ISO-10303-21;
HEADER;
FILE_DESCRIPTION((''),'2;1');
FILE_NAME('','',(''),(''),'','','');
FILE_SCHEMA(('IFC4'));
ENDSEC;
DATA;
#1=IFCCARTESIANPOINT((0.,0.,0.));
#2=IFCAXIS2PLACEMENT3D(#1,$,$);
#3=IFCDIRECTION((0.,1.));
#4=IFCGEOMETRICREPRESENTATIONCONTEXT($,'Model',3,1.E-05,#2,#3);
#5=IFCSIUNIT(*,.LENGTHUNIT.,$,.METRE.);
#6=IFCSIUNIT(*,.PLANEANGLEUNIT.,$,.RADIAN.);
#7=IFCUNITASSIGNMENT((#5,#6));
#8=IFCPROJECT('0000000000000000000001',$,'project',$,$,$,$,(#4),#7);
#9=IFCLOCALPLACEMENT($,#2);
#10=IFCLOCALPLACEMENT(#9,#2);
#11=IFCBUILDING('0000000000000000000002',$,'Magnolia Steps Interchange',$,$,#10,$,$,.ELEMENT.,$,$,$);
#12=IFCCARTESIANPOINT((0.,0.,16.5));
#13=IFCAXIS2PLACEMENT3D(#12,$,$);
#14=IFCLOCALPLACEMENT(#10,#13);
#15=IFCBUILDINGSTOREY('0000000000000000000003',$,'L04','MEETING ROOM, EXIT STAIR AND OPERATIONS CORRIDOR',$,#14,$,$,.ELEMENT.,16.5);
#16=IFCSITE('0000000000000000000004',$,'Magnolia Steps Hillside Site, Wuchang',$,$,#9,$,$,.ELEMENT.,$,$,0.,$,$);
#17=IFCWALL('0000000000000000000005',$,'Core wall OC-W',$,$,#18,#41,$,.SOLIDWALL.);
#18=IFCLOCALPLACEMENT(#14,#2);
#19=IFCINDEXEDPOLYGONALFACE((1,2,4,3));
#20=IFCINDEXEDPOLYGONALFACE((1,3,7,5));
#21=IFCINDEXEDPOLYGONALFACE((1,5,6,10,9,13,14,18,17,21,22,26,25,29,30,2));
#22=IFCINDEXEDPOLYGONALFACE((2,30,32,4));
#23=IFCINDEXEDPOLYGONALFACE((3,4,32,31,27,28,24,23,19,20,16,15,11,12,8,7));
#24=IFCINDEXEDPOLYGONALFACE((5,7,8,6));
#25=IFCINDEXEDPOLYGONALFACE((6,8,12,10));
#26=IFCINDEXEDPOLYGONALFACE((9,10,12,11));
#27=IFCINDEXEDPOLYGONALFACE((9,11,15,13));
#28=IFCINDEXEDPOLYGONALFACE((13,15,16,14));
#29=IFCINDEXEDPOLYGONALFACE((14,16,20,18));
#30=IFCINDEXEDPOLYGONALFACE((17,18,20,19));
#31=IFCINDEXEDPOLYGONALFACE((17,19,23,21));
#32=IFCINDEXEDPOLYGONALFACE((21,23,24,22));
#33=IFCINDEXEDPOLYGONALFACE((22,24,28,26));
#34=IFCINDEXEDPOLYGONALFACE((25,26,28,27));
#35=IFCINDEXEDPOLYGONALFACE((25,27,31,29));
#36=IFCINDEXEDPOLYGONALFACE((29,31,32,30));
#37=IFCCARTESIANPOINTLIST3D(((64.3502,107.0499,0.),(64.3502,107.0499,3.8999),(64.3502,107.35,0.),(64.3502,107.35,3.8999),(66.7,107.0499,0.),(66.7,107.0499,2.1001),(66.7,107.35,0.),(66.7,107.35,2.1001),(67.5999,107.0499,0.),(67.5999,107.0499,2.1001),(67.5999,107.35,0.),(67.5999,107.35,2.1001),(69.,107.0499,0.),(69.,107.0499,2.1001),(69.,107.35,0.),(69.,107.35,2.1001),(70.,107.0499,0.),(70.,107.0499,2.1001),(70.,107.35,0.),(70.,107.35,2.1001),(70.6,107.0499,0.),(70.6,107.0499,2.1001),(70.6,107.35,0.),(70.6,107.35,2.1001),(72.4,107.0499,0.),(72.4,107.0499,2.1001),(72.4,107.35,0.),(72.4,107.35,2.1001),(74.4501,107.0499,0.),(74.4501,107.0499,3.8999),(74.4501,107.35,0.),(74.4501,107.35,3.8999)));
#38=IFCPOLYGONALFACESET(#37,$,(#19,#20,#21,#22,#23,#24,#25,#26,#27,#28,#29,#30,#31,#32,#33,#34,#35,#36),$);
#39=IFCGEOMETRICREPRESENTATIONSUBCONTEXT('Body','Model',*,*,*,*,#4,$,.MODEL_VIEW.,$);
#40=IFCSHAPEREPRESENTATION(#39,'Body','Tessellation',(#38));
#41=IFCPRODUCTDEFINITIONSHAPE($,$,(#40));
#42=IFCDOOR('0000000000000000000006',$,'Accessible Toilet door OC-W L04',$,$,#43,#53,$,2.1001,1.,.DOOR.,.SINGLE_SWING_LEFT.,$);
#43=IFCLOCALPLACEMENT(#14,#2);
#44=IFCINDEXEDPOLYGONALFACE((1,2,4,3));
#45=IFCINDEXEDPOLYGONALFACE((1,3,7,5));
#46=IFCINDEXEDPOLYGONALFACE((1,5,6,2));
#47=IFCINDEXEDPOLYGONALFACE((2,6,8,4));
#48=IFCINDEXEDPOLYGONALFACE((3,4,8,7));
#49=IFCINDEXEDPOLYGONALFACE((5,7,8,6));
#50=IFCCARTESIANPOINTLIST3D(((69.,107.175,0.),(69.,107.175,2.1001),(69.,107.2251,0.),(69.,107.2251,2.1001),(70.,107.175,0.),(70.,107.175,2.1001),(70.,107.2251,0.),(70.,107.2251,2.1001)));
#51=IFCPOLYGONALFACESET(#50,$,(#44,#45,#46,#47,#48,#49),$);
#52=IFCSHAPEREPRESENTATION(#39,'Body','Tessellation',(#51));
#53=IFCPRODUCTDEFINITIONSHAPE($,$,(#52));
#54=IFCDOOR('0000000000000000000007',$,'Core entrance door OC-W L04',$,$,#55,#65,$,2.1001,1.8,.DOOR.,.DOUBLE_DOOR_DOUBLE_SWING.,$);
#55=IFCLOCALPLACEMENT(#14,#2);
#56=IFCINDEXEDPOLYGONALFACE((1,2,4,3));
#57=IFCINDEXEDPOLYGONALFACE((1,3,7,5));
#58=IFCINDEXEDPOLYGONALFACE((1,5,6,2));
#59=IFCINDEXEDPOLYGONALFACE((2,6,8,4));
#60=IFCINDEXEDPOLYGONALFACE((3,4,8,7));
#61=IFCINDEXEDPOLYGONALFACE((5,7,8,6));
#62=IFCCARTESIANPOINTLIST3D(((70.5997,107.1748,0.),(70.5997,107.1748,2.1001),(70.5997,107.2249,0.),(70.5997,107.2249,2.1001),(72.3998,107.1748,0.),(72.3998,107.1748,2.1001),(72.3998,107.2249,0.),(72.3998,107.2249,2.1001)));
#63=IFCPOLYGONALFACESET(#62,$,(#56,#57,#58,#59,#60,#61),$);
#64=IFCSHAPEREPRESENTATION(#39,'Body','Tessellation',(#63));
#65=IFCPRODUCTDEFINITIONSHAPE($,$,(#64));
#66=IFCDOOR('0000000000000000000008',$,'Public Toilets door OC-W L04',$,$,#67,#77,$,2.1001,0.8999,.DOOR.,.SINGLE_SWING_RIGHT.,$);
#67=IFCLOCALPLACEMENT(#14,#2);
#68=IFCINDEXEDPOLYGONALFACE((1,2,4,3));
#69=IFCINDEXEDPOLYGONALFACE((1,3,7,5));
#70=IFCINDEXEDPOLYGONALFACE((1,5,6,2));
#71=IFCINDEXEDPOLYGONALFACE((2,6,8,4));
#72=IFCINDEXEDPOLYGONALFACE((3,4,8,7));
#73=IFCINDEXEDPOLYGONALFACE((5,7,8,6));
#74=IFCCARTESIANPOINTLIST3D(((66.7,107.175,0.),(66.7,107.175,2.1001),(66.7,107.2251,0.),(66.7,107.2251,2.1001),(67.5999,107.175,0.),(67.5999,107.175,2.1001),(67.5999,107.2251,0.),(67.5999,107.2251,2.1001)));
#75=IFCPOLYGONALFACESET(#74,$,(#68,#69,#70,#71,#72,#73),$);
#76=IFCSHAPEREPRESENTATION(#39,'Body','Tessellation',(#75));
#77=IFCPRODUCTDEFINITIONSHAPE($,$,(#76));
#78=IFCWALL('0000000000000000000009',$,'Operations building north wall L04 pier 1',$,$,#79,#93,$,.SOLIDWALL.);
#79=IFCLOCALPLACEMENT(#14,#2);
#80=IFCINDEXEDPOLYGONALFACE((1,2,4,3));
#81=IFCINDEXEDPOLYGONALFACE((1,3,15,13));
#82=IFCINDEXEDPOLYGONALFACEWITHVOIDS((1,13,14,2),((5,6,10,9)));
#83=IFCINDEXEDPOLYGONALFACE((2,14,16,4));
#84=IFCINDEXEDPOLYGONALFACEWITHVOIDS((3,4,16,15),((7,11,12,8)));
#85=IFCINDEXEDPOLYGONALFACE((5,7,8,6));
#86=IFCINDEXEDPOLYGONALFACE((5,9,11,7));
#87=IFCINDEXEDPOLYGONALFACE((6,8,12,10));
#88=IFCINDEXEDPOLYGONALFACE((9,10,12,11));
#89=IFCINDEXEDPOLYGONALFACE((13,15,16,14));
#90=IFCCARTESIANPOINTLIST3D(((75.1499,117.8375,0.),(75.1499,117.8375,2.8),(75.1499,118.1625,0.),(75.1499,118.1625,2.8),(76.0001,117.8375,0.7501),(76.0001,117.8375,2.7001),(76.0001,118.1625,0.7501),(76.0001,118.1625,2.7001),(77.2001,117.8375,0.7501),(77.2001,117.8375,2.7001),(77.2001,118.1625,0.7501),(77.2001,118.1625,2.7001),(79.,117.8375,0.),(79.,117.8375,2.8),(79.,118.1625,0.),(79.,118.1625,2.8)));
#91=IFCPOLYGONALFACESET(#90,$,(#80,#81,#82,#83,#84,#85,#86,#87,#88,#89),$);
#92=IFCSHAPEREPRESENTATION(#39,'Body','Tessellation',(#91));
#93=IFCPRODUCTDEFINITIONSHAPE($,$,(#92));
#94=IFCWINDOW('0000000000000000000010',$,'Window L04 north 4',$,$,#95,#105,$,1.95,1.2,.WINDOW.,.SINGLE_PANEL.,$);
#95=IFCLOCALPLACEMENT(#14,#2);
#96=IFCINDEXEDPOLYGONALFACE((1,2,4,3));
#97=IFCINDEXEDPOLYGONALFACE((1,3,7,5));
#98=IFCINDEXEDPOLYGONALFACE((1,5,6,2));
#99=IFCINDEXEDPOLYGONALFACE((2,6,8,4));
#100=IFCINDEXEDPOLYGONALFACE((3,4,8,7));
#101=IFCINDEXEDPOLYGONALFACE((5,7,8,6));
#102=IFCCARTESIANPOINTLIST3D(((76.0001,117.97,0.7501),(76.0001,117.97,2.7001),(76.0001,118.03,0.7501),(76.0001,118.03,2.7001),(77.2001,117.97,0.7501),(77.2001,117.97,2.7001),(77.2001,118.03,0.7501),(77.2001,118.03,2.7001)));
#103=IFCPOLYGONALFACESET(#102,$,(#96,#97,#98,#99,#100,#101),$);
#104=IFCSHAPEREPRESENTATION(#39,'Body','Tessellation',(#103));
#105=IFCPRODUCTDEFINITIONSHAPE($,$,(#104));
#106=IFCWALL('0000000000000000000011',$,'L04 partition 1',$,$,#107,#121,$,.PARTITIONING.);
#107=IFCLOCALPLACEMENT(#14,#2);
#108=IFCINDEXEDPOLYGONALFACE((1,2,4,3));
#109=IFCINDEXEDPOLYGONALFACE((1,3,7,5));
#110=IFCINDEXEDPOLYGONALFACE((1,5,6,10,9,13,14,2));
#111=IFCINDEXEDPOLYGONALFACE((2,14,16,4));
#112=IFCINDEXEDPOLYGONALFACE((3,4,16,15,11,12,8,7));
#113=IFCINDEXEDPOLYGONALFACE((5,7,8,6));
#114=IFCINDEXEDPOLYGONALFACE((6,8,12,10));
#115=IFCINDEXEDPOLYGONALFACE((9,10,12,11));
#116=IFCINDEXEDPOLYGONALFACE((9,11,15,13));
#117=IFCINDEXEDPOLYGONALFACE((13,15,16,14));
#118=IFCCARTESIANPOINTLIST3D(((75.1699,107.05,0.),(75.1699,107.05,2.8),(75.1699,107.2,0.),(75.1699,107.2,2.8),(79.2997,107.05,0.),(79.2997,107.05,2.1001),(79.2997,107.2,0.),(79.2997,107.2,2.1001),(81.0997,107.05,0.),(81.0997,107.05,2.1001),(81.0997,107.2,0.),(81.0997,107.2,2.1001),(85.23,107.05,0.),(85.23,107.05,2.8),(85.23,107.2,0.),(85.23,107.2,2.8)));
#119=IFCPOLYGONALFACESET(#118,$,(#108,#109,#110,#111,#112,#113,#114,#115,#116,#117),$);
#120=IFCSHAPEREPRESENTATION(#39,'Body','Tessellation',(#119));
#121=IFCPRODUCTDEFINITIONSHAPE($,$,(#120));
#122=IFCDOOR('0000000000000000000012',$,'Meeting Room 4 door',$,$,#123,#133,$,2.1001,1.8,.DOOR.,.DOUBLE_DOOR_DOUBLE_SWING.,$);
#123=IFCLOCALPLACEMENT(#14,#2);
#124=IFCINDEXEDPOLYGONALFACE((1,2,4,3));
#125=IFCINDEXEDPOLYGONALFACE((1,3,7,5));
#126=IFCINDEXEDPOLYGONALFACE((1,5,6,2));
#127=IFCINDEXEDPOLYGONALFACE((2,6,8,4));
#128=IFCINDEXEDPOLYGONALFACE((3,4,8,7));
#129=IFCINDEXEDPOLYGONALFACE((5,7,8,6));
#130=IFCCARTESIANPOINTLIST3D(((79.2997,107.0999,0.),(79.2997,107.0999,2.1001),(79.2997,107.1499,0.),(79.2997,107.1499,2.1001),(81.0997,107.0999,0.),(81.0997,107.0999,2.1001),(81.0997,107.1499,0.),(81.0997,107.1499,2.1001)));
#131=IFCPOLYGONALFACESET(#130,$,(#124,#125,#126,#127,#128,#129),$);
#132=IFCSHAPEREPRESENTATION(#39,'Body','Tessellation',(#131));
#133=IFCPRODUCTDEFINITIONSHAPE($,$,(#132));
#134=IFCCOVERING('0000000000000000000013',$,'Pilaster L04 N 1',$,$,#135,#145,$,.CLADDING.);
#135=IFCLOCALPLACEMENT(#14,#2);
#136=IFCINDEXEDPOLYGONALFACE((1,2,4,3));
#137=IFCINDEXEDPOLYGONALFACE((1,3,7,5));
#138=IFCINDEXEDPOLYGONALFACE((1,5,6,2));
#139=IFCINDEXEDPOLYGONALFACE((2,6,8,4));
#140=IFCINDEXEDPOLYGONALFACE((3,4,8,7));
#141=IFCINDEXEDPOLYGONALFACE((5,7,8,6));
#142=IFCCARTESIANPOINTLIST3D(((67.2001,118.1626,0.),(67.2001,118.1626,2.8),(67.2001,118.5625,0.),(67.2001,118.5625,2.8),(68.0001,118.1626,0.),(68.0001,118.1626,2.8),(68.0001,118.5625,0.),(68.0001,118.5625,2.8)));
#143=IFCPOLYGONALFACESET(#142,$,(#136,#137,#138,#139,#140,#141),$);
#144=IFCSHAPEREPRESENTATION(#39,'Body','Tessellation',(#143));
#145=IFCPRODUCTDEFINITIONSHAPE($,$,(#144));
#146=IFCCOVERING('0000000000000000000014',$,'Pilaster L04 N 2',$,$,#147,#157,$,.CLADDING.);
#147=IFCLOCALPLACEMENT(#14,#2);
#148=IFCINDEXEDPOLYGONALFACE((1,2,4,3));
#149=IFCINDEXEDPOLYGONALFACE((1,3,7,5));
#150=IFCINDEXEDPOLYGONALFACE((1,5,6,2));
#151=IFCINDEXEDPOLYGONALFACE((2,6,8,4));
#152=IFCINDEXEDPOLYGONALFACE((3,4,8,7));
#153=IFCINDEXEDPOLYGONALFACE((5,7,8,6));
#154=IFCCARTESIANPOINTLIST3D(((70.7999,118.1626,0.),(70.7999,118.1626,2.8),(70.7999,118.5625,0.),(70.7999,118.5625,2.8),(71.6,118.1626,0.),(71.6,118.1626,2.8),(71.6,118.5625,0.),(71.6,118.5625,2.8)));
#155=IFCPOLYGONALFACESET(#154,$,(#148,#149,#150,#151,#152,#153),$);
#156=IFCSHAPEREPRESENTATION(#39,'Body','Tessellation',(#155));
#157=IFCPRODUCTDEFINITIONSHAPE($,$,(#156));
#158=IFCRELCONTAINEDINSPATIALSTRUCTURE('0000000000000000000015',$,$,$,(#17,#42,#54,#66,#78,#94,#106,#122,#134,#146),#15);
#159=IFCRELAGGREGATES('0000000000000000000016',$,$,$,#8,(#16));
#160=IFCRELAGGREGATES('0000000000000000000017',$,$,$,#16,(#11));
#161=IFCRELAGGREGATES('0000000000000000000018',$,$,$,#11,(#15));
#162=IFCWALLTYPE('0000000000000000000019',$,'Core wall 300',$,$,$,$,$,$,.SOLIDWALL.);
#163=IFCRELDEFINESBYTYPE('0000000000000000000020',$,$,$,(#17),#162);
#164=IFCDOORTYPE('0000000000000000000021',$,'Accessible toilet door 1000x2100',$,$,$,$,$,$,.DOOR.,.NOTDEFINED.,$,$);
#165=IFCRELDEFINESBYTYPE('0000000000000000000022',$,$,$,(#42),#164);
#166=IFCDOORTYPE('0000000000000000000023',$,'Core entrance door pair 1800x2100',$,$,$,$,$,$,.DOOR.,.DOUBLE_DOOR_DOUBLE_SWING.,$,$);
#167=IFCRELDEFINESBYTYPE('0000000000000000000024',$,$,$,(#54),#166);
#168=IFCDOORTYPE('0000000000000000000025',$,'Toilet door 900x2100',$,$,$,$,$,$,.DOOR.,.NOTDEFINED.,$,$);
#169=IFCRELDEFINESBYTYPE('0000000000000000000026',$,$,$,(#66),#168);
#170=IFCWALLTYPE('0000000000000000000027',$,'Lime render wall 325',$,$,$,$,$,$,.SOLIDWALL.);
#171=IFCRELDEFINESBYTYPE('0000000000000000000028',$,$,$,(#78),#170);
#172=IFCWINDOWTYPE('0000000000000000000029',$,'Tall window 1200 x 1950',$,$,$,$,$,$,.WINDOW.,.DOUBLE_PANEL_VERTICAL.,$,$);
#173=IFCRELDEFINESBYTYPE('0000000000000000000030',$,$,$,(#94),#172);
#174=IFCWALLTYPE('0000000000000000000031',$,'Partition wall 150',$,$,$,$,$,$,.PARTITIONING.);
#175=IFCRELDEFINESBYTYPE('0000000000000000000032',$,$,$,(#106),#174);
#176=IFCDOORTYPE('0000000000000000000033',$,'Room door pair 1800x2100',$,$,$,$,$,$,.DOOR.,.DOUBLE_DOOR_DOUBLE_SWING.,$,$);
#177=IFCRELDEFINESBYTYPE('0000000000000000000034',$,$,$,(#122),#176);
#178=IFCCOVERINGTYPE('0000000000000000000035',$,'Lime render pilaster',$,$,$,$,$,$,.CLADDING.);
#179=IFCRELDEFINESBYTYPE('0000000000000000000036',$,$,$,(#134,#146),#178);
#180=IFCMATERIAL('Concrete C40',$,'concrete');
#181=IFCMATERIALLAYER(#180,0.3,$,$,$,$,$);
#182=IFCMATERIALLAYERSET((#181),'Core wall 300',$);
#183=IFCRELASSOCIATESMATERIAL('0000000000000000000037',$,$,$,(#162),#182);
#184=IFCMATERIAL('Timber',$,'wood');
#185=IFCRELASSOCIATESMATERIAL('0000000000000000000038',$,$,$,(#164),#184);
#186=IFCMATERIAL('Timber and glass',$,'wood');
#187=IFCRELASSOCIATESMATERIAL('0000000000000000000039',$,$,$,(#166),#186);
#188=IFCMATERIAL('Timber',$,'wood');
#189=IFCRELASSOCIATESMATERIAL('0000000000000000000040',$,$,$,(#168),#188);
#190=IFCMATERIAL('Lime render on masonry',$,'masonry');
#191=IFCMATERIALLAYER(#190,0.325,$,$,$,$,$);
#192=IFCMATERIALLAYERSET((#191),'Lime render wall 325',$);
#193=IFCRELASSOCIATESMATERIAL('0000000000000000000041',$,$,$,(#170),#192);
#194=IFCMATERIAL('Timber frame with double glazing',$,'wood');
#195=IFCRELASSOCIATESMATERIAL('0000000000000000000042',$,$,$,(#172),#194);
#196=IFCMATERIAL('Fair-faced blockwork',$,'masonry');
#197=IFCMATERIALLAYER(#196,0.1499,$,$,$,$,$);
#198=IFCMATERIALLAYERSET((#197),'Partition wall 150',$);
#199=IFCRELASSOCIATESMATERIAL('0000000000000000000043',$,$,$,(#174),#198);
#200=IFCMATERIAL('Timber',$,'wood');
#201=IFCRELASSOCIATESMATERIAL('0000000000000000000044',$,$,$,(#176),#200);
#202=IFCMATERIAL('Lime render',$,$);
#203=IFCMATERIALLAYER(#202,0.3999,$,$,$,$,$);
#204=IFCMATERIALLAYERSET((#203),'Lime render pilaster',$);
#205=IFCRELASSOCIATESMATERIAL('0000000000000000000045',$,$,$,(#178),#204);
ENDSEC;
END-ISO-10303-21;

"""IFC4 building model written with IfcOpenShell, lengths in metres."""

from ifc_helpers import new_model, si_unit, direction, frame, frame_2d, origin, origin_2d, place, context, subcontext, project, spatial, rectangle, extrude, material, layer, layer_set, type_object, element, fill, save


model = new_model("IFC4")

# Units and contexts
model_context = context("Model", 3, precision=1e-05, world=origin(), true_north=direction((0.0, 1.0)))
body_context = subcontext(model_context, "Body", "Model", "MODEL_VIEW")
ifc_project = project(units=[si_unit("LENGTHUNIT", "METRE"), si_unit("PLANEANGLEUNIT", "RADIAN")], contexts=[model_context])

# Site, building, storey
site_placement = place(None, origin())
site = spatial("IfcSite", under=ifc_project, at=site_placement, Name="Magnolia Steps Hillside Site, Wuchang", CompositionType="ELEMENT", RefElevation=0.0)
building_placement = place(site_placement, origin())
building = spatial("IfcBuilding", under=site, at=building_placement, Name="Magnolia Steps Interchange", CompositionType="ELEMENT")
storey_placement = place(building_placement, frame((0.0, 0.0, 16.5)))
storey = spatial("IfcBuildingStorey", under=building, at=storey_placement, Name="L04", Description="MEETING ROOM, EXIT STAIR AND OPERATIONS CORRIDOR", CompositionType="ELEMENT", Elevation=16.5)

# Wall, openings, doors
ifc_material_1 = material(Name="Concrete C40", Category="concrete")
ifc_layer_1 = layer(ifc_material_1, 0.3)
ifc_layer_set_1 = layer_set([ifc_layer_1], Name="Core wall 300")
wall_type_1 = type_object("IfcWallType", Name="Core wall 300", PredefinedType="SOLIDWALL", material=ifc_layer_set_1)
wall_1_placement = place(storey_placement, frame((74.45, 107.2, 0.0), z_axis=(0.0, 0.0, 1.0), x_axis=(-1.0, 0.0, 0.0)))
wall_1 = element("IfcWall", 1, at=wall_1_placement, inside=storey, type_object=wall_type_1, Name="Core wall OC-W", PredefinedType="SOLIDWALL", context=body_context, shape_type="SweptSolid", body=[
    extrude(rectangle(XDim=10.0999, YDim=0.3, at=frame_2d((5.0498, 0.0))), origin(), (0.0, 0.0, 1.0), 3.8999),
])
opening_1_placement = place(wall_1_placement, frame((2.05, 0.0, 0.0)))
opening_1 = element("IfcOpeningElement", 2, at=opening_1_placement, cuts=wall_1, PredefinedType="OPENING", context=body_context, shape_type="SweptSolid", body=[
    extrude(rectangle(XDim=1.8, YDim=2.1001, at=frame_2d((0.8999, 1.05))), frame((0.0, 0.1599, 0.0), z_axis=(0.0, -1.0, 0.0), x_axis=(1.0, 0.0, 0.0)), (0.0, 0.0, 1.0), 0.3201),
])
opening_2_placement = place(wall_1_placement, frame((4.45, 0.0, 0.0)))
opening_2 = element("IfcOpeningElement", 3, at=opening_2_placement, cuts=wall_1, PredefinedType="OPENING", context=body_context, shape_type="SweptSolid", body=[
    extrude(rectangle(XDim=1.0, YDim=2.1001, at=frame_2d((0.5, 1.05))), frame((0.0, 0.1599, 0.0), z_axis=(0.0, -1.0, 0.0), x_axis=(1.0, 0.0, 0.0)), (0.0, 0.0, 1.0), 0.3201),
])
opening_3_placement = place(wall_1_placement, frame((6.8501, 0.0, 0.0)))
opening_3 = element("IfcOpeningElement", 4, at=opening_3_placement, cuts=wall_1, PredefinedType="OPENING", context=body_context, shape_type="SweptSolid", body=[
    extrude(rectangle(XDim=0.8999, YDim=2.1001, at=frame_2d((0.45, 1.05))), frame((0.0, 0.1599, 0.0), z_axis=(0.0, -1.0, 0.0), x_axis=(1.0, 0.0, 0.0)), (0.0, 0.0, 1.0), 0.3201),
])
ifc_material_2 = material(Name="Timber", Category="wood")
door_type_1 = type_object("IfcDoorType", Name="Accessible toilet door 1000x2100", OperationType="NOTDEFINED", PredefinedType="DOOR", material=ifc_material_2)
door_1_placement = place(opening_2_placement, origin())
door_1 = element("IfcDoor", 5, at=door_1_placement, inside=storey, type_object=door_type_1, Name="Accessible Toilet door OC-W L04", OperationType="SINGLE_SWING_LEFT", OverallHeight=2.1001, OverallWidth=1.0, PredefinedType="DOOR", context=body_context, shape_type="SweptSolid", body=[
    extrude(rectangle(XDim=1.0, YDim=2.1001, at=frame_2d((0.5, 1.05))), frame((0.0, 0.0249, 0.0), z_axis=(0.0, -1.0, 0.0), x_axis=(1.0, 0.0, 0.0)), (0.0, 0.0, 1.0), 0.05),
])
fill(opening_2, door_1)
ifc_material_3 = material(Name="Timber and glass", Category="wood")
door_type_2 = type_object("IfcDoorType", Name="Core entrance door pair 1800x2100", OperationType="DOUBLE_DOOR_DOUBLE_SWING", PredefinedType="DOOR", material=ifc_material_3)
door_2_placement = place(opening_1_placement, frame((1.8, 0.0, 0.0), z_axis=(0.0, 0.0, 1.0), x_axis=(-1.0, 0.0, 0.0)))
door_2 = element("IfcDoor", 6, at=door_2_placement, inside=storey, type_object=door_type_2, Name="Core entrance door OC-W L04", OperationType="DOUBLE_DOOR_DOUBLE_SWING", OverallHeight=2.1001, OverallWidth=1.8, PredefinedType="DOOR", context=body_context, shape_type="SweptSolid", body=[
    extrude(rectangle(XDim=1.8, YDim=2.1001, at=frame_2d((0.8999, 1.05))), frame((0.0, 0.0249, 0.0), z_axis=(0.0, -1.0, 0.0), x_axis=(1.0, 0.0, 0.0)), (0.0, 0.0, 1.0), 0.05),
])
fill(opening_1, door_2)
ifc_material_4 = material(Name="Timber", Category="wood")
door_type_3 = type_object("IfcDoorType", Name="Toilet door 900x2100", OperationType="NOTDEFINED", PredefinedType="DOOR", material=ifc_material_4)
door_3_placement = place(opening_3_placement, origin())
door_3 = element("IfcDoor", 7, at=door_3_placement, inside=storey, type_object=door_type_3, Name="Public Toilets door OC-W L04", OperationType="SINGLE_SWING_RIGHT", OverallHeight=2.1001, OverallWidth=0.8999, PredefinedType="DOOR", context=body_context, shape_type="SweptSolid", body=[
    extrude(rectangle(XDim=0.8999, YDim=2.1001, at=frame_2d((0.45, 1.05))), frame((0.0, 0.0249, 0.0), z_axis=(0.0, -1.0, 0.0), x_axis=(1.0, 0.0, 0.0)), (0.0, 0.0, 1.0), 0.05),
])
fill(opening_3, door_3)

# Wall, opening, window
ifc_material_5 = material(Name="Lime render on masonry", Category="masonry")
ifc_layer_2 = layer(ifc_material_5, 0.325)
ifc_layer_set_2 = layer_set([ifc_layer_2], Name="Lime render wall 325")
wall_type_2 = type_object("IfcWallType", Name="Lime render wall 325", PredefinedType="SOLIDWALL", material=ifc_layer_set_2)
wall_2_placement = place(storey_placement, frame((75.1499, 118.0, 0.0), z_axis=(0.0, 0.0, 1.0), x_axis=(1.0, 0.0, 0.0)))
wall_2 = element("IfcWall", 8, at=wall_2_placement, inside=storey, type_object=wall_type_2, Name="Operations building north wall L04 pier 1", PredefinedType="SOLIDWALL", context=body_context, shape_type="SweptSolid", body=[
    extrude(rectangle(XDim=3.8501, YDim=0.325, at=frame_2d((1.925, 0.0))), origin(), (0.0, 0.0, 1.0), 2.8),
])
opening_4_placement = place(wall_2_placement, frame((0.8501, 0.0, 0.75)))
opening_4 = element("IfcOpeningElement", 9, at=opening_4_placement, cuts=wall_2, PredefinedType="OPENING", context=body_context, shape_type="SweptSolid", body=[
    extrude(rectangle(XDim=1.2, YDim=1.95, at=frame_2d((0.6001, 0.9751))), frame((0.0, 0.1724, 0.0), z_axis=(0.0, -1.0, 0.0), x_axis=(1.0, 0.0, 0.0)), (0.0, 0.0, 1.0), 0.345),
])
ifc_material_6 = material(Name="Timber frame with double glazing", Category="wood")
window_type = type_object("IfcWindowType", Name="Tall window 1200 x 1950", PartitioningType="DOUBLE_PANEL_VERTICAL", PredefinedType="WINDOW", material=ifc_material_6)
window_placement = place(opening_4_placement, origin())
window = element("IfcWindow", 10, at=window_placement, inside=storey, type_object=window_type, Name="Window L04 north 4", OverallHeight=1.95, OverallWidth=1.2, PartitioningType="SINGLE_PANEL", PredefinedType="WINDOW", context=body_context, shape_type="SweptSolid", body=[
    extrude(rectangle(XDim=1.2, YDim=1.95, at=frame_2d((0.6001, 0.9751))), frame((0.0, 0.03, 0.0), z_axis=(0.0, -1.0, 0.0), x_axis=(1.0, 0.0, 0.0)), (0.0, 0.0, 1.0), 0.0601),
])
fill(opening_4, window)

# Wall, opening, door
ifc_material_7 = material(Name="Fair-faced blockwork", Category="masonry")
ifc_layer_3 = layer(ifc_material_7, 0.1499)
ifc_layer_set_3 = layer_set([ifc_layer_3], Name="Partition wall 150")
wall_type_3 = type_object("IfcWallType", Name="Partition wall 150", PredefinedType="PARTITIONING", material=ifc_layer_set_3)
wall_3_placement = place(storey_placement, frame((75.1699, 107.125, 0.0), z_axis=(0.0, 0.0, 1.0), x_axis=(1.0, 0.0, 0.0)))
wall_3 = element("IfcWall", 11, at=wall_3_placement, inside=storey, type_object=wall_type_3, Name="L04 partition 1", PredefinedType="PARTITIONING", context=body_context, shape_type="SweptSolid", body=[
    extrude(rectangle(XDim=10.0601, YDim=0.1499, at=frame_2d((5.03, 0.0))), origin(), (0.0, 0.0, 1.0), 2.8),
])
opening_5_placement = place(wall_3_placement, frame((4.1299, 0.0, 0.0)))
opening_5 = element("IfcOpeningElement", 12, at=opening_5_placement, cuts=wall_3, PredefinedType="OPENING", context=body_context, shape_type="SweptSolid", body=[
    extrude(rectangle(XDim=1.8, YDim=2.1001, at=frame_2d((0.8999, 1.05))), frame((0.0, 0.085, 0.0), z_axis=(0.0, -1.0, 0.0), x_axis=(1.0, 0.0, 0.0)), (0.0, 0.0, 1.0), 0.1699),
])
ifc_material_8 = material(Name="Timber", Category="wood")
door_type_4 = type_object("IfcDoorType", Name="Room door pair 1800x2100", OperationType="DOUBLE_DOOR_DOUBLE_SWING", PredefinedType="DOOR", material=ifc_material_8)
door_4_placement = place(opening_5_placement, origin())
door_4 = element("IfcDoor", 13, at=door_4_placement, inside=storey, type_object=door_type_4, Name="Meeting Room 4 door", OperationType="DOUBLE_DOOR_DOUBLE_SWING", OverallHeight=2.1001, OverallWidth=1.8, PredefinedType="DOOR", context=body_context, shape_type="SweptSolid", body=[
    extrude(rectangle(XDim=1.8, YDim=2.1001, at=frame_2d((0.8999, 1.05))), frame((0.0, 0.0249, 0.0), z_axis=(0.0, -1.0, 0.0), x_axis=(1.0, 0.0, 0.0)), (0.0, 0.0, 1.0), 0.05),
])
fill(opening_5, door_4)

# Coverings
ifc_material_9 = material(Name="Lime render")
ifc_layer_4 = layer(ifc_material_9, 0.3999)
ifc_layer_set_4 = layer_set([ifc_layer_4], Name="Lime render pilaster")
covering_type_1 = type_object("IfcCoveringType", Name="Lime render pilaster", PredefinedType="CLADDING", material=ifc_layer_set_4)
for number, where, z_axis, x_axis, name in (
    (14, (67.6001, 118.3625, 0.0), (0.0, 0.0, 1.0), (1.0, 0.0, 0.0), "Pilaster L04 N 1"),
    (15, (71.2, 118.3625, 0.0), (0.0, 0.0, 1.0), (1.0, 0.0, 0.0), "Pilaster L04 N 2"),
):
    element("IfcCovering", number, at=place(storey_placement, frame(where, z_axis=z_axis, x_axis=x_axis)), inside=storey, type_object=covering_type_1, Name=name, PredefinedType="CLADDING", context=body_context, shape_type="SweptSolid", body=[
        extrude(rectangle(XDim=0.8, YDim=0.3999, at=origin_2d()), origin(), (0.0, 0.0, 1.0), 2.8),
    ])

save(model, "model.ifc")
